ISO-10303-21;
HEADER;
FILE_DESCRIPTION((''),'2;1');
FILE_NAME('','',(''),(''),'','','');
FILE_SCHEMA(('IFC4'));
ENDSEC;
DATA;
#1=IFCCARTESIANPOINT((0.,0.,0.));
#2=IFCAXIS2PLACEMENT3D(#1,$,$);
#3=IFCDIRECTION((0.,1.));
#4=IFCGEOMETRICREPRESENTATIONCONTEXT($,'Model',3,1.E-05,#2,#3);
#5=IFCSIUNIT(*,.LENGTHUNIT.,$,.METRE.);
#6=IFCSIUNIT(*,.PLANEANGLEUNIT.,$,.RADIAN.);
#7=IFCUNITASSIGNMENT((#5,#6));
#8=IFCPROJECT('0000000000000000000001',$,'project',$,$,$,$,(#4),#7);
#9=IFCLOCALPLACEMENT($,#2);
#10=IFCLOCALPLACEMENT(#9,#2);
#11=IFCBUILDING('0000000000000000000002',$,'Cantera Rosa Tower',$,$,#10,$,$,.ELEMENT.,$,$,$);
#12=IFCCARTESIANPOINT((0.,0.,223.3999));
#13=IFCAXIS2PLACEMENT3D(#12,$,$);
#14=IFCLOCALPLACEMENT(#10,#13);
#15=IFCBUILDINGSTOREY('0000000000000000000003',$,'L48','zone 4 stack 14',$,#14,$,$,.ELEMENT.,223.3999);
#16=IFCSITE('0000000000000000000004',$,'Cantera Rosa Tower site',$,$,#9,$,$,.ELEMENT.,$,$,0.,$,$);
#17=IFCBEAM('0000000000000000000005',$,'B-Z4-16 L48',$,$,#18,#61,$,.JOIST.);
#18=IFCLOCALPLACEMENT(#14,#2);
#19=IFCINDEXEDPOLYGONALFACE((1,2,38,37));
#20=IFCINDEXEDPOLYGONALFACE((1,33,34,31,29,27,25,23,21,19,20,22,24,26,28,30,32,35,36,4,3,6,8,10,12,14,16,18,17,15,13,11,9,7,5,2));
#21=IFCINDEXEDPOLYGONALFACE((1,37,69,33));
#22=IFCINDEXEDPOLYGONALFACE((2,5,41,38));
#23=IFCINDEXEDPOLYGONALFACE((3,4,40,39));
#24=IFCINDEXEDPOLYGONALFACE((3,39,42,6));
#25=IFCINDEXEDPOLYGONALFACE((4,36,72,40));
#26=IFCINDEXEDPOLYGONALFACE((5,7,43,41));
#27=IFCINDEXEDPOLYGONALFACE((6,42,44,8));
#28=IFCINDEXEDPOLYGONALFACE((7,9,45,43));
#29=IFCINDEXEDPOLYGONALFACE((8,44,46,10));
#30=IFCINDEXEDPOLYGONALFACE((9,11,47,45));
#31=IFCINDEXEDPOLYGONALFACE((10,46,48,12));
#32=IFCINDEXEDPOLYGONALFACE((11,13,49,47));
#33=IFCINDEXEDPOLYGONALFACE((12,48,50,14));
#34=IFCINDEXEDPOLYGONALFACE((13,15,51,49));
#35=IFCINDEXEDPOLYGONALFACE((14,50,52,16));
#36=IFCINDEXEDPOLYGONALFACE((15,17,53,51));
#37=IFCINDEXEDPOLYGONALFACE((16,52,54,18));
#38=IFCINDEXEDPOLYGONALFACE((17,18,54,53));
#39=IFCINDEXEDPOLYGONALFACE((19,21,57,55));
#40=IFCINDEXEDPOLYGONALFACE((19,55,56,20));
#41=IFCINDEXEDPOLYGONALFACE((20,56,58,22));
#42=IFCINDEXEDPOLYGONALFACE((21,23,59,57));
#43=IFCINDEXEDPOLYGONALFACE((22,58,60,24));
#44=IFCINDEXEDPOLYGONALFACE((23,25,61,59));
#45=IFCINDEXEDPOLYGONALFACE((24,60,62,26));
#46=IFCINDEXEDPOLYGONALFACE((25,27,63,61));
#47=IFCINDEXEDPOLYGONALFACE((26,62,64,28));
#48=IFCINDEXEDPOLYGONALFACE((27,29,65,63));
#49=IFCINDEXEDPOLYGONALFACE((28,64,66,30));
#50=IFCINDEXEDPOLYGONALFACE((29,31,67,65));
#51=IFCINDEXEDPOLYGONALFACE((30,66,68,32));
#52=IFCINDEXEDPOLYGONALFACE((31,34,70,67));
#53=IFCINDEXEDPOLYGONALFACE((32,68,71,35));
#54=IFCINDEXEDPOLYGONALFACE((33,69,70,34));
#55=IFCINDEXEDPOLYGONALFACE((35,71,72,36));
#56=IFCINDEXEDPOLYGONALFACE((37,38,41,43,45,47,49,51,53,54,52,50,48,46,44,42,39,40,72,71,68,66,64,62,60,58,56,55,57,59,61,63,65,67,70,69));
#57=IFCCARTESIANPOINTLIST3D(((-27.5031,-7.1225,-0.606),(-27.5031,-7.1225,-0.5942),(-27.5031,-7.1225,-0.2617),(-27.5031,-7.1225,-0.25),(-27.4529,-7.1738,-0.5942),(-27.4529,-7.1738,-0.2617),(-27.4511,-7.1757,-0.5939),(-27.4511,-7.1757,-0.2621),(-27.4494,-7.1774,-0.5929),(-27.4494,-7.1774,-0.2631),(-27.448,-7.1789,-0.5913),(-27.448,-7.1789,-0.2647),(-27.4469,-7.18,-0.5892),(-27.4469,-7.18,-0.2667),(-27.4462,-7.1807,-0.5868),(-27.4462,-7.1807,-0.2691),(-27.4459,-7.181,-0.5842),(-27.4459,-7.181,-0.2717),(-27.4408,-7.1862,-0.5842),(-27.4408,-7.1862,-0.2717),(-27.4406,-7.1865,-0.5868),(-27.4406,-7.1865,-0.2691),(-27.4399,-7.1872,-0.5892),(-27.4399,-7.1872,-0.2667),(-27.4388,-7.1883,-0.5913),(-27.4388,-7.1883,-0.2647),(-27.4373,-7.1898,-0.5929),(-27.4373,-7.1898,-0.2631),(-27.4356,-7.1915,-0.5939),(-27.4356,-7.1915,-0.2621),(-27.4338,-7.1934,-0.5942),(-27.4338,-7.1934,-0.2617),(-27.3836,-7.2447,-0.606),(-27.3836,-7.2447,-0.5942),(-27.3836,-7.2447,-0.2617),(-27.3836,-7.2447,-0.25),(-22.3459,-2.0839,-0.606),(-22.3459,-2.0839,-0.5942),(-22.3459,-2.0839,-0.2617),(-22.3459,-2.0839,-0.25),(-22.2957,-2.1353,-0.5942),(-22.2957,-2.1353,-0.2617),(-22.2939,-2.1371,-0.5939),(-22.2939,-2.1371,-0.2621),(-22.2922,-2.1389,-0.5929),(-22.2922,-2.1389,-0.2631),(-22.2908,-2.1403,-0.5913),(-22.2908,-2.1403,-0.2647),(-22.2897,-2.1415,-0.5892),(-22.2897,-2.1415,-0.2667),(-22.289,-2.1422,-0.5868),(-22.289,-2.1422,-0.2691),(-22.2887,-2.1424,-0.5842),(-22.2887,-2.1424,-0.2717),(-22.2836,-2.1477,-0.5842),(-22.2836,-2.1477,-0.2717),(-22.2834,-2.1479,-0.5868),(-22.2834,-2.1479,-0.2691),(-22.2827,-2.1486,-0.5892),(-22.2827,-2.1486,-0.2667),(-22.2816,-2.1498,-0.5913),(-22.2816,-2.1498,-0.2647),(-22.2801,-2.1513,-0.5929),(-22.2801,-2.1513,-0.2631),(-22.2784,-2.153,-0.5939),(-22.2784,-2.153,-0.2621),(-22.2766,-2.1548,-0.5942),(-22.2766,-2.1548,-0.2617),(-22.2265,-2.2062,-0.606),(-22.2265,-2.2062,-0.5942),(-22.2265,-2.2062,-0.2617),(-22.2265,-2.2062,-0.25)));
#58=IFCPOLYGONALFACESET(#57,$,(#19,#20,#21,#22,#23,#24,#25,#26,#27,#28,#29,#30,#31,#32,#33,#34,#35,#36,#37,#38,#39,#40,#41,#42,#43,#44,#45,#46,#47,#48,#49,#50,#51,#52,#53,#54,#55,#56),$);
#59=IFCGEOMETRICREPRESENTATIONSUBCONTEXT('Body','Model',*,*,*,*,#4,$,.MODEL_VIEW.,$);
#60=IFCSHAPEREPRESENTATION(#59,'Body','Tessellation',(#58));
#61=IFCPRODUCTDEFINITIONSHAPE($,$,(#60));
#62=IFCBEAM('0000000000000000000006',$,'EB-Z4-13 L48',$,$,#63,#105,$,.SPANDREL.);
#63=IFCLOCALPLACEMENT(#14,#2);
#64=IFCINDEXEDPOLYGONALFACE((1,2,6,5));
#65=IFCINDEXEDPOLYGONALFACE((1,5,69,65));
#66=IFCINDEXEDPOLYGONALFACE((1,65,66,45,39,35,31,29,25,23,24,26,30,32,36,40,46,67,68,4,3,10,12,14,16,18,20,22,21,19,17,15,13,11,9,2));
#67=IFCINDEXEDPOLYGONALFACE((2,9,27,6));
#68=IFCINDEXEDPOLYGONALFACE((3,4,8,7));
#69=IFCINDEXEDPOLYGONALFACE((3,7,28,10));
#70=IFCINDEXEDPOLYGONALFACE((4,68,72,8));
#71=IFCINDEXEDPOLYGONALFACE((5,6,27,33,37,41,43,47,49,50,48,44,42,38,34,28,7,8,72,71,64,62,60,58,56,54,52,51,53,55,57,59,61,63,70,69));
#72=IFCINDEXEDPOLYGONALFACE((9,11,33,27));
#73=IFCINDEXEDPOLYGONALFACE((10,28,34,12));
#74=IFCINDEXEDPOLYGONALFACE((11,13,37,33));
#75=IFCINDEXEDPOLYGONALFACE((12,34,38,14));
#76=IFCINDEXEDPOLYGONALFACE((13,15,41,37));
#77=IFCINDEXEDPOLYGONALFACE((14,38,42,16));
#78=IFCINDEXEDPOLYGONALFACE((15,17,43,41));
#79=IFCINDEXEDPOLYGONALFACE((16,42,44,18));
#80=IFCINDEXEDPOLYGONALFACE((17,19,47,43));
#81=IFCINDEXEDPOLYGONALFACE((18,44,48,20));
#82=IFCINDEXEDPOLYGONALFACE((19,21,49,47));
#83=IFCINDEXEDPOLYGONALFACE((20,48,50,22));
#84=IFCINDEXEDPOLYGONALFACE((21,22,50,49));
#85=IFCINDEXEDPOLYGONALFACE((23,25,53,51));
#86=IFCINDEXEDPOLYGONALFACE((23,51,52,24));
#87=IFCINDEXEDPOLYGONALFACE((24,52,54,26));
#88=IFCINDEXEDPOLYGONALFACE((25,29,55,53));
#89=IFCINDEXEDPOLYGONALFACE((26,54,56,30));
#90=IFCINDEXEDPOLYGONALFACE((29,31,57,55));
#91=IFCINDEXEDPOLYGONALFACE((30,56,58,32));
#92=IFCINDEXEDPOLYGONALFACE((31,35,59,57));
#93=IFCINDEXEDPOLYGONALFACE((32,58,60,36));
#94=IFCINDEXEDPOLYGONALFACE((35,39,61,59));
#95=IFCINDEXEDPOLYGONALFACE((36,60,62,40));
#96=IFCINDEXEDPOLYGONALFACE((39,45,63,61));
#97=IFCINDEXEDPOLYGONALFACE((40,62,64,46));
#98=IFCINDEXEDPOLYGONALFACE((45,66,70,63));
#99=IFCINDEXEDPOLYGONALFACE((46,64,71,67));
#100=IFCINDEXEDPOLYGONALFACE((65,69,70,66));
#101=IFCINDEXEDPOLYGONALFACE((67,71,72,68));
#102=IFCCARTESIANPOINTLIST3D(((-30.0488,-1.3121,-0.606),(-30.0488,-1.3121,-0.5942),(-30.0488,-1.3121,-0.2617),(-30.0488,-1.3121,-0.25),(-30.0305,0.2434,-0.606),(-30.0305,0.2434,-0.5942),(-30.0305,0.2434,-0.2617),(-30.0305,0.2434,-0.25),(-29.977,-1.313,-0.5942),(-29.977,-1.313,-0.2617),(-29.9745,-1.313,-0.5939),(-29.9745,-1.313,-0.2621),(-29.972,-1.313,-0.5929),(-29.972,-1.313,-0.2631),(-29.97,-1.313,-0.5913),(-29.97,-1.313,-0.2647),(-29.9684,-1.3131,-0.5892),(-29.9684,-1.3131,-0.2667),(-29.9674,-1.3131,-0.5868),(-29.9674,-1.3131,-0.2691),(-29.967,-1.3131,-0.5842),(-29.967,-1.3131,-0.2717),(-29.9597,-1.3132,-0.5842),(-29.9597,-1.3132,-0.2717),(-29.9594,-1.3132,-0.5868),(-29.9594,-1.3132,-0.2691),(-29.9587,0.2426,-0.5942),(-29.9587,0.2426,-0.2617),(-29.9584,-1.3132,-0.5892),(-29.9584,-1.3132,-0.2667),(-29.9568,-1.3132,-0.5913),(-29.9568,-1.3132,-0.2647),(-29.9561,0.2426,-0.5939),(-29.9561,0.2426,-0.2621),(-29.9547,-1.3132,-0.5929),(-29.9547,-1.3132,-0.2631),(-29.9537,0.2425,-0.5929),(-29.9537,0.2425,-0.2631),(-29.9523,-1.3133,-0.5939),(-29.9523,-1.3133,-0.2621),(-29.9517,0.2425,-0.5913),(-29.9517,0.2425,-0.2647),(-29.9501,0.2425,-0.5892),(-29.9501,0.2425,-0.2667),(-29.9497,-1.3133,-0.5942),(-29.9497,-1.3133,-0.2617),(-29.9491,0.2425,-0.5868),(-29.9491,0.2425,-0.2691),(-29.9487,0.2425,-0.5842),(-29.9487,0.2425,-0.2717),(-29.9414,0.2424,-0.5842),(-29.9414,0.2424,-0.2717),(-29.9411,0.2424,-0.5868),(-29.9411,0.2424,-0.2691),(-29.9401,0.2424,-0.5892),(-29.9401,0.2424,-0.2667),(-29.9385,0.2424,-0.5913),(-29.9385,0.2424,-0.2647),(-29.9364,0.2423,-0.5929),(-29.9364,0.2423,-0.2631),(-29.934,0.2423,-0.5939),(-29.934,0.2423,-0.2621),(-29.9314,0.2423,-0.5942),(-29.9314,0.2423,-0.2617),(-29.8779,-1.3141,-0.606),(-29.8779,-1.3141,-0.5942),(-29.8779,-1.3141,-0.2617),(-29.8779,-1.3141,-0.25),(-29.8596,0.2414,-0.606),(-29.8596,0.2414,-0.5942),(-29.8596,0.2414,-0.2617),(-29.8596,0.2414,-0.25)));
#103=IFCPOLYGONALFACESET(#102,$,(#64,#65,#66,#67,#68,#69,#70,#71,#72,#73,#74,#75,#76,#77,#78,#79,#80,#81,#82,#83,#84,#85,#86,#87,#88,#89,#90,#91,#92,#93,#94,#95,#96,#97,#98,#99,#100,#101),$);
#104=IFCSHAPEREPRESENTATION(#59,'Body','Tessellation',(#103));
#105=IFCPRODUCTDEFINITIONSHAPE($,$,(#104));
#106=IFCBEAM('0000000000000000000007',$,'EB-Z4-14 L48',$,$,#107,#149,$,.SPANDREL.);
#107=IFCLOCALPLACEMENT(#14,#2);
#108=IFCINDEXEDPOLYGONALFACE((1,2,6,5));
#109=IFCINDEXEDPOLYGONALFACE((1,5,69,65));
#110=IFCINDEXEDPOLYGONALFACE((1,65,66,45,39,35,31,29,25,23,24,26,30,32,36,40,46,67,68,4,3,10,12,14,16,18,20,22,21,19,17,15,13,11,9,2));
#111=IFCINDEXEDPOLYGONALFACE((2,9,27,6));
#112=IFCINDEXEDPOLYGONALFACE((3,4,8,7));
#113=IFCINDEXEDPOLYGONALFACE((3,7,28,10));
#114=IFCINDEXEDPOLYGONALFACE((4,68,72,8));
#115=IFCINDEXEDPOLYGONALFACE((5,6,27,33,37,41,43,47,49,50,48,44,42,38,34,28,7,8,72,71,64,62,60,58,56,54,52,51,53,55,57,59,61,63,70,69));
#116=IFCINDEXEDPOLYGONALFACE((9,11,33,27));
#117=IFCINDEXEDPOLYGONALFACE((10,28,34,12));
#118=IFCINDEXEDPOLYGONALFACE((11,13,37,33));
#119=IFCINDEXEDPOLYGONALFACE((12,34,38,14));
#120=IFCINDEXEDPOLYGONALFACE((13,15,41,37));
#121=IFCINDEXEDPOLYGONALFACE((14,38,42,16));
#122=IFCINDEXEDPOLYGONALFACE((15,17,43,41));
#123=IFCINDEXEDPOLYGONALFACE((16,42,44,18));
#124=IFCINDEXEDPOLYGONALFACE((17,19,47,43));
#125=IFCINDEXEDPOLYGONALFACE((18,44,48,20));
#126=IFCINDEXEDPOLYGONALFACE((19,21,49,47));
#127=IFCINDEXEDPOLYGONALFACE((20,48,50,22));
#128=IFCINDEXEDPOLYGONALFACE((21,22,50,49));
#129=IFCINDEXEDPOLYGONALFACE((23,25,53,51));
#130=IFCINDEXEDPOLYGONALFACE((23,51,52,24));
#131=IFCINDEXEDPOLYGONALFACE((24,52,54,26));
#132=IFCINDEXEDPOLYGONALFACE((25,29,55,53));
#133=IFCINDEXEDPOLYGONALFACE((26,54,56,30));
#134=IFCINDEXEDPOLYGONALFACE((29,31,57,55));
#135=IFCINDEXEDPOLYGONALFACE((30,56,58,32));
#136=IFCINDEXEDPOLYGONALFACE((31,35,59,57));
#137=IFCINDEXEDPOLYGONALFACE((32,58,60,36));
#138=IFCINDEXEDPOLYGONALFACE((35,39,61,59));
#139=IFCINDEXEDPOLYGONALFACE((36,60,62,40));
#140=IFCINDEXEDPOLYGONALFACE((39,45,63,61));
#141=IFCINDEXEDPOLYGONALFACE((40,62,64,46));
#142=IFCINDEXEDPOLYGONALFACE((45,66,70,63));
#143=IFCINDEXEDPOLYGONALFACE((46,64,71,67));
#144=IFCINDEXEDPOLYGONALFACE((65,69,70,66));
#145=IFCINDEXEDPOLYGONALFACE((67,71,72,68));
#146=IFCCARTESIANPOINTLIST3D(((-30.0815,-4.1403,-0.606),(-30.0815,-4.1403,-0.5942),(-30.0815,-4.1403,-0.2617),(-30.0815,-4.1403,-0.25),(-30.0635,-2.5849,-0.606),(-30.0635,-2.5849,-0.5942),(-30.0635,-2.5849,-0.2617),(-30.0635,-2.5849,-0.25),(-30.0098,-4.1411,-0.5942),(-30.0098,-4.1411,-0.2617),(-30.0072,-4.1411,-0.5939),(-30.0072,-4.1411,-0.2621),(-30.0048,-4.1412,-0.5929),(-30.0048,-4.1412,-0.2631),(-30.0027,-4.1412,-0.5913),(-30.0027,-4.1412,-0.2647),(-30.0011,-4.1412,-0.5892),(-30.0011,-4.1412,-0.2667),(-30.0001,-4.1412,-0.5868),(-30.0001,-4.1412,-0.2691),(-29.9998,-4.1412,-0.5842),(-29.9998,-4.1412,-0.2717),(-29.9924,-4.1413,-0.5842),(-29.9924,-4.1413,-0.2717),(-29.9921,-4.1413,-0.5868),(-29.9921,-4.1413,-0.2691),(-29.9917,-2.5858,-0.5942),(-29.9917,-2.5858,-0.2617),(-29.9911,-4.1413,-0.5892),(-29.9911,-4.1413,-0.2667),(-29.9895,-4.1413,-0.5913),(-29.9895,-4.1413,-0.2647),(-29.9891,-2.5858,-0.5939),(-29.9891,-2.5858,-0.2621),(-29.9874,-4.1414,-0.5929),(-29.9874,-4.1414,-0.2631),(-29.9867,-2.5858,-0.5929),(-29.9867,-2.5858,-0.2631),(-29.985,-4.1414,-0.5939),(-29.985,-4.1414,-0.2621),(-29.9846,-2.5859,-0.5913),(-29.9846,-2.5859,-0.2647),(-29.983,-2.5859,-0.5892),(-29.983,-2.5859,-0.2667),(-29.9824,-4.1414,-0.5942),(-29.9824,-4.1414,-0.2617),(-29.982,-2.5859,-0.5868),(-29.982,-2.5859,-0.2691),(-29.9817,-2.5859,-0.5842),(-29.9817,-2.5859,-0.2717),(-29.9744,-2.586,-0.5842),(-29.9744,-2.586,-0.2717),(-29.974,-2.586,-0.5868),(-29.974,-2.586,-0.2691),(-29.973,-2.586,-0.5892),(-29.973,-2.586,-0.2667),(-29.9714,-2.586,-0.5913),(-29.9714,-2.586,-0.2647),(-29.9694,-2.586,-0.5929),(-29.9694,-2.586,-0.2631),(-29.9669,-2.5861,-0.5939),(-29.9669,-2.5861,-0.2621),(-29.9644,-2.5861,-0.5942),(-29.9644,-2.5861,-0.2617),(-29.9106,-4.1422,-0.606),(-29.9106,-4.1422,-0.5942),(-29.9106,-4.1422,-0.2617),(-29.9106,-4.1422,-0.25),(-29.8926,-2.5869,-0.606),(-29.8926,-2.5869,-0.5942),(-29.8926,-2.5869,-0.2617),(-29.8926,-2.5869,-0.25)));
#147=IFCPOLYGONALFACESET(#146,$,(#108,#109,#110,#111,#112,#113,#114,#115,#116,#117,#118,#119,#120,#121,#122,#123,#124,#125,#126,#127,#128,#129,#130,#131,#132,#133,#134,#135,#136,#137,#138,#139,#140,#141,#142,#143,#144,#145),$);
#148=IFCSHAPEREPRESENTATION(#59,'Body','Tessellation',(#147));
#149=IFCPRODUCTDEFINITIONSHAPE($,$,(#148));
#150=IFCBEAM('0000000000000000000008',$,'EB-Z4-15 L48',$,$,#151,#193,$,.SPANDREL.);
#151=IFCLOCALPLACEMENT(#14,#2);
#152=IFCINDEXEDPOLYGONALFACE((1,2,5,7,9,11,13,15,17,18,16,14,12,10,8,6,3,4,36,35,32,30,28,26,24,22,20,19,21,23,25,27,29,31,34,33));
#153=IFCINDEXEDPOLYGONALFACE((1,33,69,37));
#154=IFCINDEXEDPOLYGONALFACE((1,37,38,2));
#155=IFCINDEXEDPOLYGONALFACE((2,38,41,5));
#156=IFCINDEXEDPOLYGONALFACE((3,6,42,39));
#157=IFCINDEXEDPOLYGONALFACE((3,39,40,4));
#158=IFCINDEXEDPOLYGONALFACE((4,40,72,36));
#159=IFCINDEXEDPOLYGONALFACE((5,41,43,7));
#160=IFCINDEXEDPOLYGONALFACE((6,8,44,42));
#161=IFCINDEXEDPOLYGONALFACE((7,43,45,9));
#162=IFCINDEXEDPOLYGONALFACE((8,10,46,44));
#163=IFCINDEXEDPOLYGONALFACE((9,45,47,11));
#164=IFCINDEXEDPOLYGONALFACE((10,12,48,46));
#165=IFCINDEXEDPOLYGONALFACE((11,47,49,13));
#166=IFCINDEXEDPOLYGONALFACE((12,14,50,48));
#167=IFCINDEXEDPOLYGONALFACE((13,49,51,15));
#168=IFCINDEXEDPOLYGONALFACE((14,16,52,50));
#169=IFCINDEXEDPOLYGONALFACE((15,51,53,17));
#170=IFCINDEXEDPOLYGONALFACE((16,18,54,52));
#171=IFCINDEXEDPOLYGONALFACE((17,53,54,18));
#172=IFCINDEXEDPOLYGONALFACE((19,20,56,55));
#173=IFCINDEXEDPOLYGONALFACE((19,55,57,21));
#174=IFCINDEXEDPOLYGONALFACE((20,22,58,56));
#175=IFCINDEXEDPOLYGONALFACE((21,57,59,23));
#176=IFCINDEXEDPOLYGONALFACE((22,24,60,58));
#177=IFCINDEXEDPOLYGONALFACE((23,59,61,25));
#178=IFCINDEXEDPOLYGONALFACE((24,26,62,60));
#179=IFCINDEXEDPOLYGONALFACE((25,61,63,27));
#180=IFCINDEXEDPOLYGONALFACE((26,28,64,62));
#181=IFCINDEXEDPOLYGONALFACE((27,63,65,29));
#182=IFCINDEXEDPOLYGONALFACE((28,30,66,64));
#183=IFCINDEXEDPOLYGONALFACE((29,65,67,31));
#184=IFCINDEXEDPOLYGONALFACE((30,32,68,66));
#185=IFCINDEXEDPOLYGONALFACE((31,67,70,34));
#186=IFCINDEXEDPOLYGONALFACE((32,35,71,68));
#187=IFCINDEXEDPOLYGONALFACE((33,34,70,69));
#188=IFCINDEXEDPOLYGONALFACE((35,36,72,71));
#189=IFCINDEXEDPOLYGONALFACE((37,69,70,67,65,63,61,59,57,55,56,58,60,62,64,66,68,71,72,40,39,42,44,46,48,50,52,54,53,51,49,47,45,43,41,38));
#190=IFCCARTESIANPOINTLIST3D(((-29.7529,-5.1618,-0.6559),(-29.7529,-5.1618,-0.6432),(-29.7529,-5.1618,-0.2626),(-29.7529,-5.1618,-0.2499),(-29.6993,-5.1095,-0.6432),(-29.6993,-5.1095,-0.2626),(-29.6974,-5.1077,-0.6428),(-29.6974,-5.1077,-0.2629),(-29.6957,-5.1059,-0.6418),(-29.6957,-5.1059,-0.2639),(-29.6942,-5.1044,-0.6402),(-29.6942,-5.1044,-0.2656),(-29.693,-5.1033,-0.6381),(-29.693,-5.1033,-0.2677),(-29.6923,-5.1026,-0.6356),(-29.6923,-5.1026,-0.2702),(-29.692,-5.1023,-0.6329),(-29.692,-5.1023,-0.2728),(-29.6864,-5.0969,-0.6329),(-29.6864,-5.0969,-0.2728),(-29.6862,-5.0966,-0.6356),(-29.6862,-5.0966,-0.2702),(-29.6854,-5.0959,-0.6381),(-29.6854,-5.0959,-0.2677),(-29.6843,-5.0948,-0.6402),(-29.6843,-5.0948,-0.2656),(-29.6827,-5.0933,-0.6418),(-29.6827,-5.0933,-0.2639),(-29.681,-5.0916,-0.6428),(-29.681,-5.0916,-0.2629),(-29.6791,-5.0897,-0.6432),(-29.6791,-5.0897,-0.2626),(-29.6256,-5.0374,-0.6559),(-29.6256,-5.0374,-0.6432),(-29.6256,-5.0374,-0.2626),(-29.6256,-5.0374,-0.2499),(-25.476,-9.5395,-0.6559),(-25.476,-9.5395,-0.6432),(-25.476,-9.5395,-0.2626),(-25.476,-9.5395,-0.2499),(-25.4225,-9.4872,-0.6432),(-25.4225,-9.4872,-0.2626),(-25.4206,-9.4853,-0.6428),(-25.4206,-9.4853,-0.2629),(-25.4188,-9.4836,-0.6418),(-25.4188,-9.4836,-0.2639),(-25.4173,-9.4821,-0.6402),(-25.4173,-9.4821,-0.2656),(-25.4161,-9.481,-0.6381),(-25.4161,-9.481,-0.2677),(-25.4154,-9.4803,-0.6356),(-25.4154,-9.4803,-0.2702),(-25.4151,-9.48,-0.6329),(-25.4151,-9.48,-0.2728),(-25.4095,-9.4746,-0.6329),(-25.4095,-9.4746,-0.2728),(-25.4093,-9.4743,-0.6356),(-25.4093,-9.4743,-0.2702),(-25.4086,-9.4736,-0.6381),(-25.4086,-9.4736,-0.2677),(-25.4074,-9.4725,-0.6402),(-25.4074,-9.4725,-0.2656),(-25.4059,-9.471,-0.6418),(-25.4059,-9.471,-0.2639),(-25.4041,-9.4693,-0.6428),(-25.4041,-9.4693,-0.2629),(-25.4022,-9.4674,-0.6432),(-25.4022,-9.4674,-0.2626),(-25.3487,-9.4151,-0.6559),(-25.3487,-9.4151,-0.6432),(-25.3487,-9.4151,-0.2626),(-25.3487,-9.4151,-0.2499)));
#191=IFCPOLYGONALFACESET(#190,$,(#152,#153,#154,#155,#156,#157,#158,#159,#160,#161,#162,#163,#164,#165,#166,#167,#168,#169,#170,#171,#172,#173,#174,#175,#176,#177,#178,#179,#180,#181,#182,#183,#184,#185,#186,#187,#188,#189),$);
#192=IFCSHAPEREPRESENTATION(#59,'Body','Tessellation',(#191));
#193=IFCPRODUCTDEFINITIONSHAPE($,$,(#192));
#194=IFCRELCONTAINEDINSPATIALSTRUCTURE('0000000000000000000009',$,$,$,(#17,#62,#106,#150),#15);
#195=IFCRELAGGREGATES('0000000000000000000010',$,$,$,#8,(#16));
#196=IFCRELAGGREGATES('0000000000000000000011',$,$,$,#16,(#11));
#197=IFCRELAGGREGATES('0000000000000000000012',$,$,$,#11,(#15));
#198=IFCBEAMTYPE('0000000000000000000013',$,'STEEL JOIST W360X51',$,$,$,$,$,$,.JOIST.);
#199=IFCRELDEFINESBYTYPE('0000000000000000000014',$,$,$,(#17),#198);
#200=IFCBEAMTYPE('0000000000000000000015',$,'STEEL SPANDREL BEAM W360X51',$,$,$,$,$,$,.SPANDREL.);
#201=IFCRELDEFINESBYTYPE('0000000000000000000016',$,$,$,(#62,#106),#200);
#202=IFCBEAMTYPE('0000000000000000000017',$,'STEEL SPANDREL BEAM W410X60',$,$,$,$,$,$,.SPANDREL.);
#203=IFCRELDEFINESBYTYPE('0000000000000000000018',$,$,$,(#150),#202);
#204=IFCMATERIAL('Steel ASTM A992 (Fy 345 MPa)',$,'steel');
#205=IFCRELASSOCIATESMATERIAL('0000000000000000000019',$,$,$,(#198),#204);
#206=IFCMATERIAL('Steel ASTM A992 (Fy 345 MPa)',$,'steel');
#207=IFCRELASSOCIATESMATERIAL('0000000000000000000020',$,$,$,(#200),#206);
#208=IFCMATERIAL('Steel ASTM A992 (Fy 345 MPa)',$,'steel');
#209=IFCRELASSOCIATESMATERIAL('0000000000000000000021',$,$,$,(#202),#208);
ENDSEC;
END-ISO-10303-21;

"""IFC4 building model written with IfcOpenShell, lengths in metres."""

from ifc_helpers import new_model, si_unit, direction, frame, origin, origin_2d, place, context, subcontext, project, spatial, i_section, extrude, material, material_profile, profile_set, type_object, element, save


model = new_model("IFC4")

# Units and contexts
model_context = context("Model", 3, precision=1e-05, world=origin(), true_north=direction((0.0, 1.0)))
body_context = subcontext(model_context, "Body", "Model", "MODEL_VIEW")
ifc_project = project(units=[si_unit("LENGTHUNIT", "METRE"), si_unit("PLANEANGLEUNIT", "RADIAN")], contexts=[model_context])

# Site, building, storey
site_placement = place(None, origin())
site = spatial("IfcSite", under=ifc_project, at=site_placement, Name="Cantera Rosa Tower site", CompositionType="ELEMENT", RefElevation=0.0)
building_placement = place(site_placement, origin())
building = spatial("IfcBuilding", under=site, at=building_placement, Name="Cantera Rosa Tower", CompositionType="ELEMENT")
storey_placement = place(building_placement, frame((0.0, 0.0, 223.3999)))
storey = spatial("IfcBuildingStorey", under=building, at=storey_placement, Name="L48", Description="zone 4 stack 14", CompositionType="ELEMENT", Elevation=223.3999)

# Beams
ifc_material_1 = material(Name="Steel ASTM A992 (Fy 345 MPa)", Category="steel")
ifc_material_profile_1 = material_profile(ifc_material_1, i_section(OverallWidth=0.1709, OverallDepth=0.356, WebThickness=0.0073, FlangeThickness=0.0117, FilletRadius=0.01, at=origin_2d()), Name="W360X51")
ifc_profile_set_1 = profile_set([ifc_material_profile_1], Name="Steel ASTM A992 (Fy 345 MPa)")
beam_type_1 = type_object("IfcBeamType", Name="STEEL JOIST W360X51", PredefinedType="JOIST", material=ifc_profile_set_1)
beam_1_placement = place(storey_placement, frame((-27.4434, -7.1836, -0.428), z_axis=(0.715287, 0.698831, 0.0), x_axis=(-0.698831, 0.715287, 0.0)))
element("IfcBeam", 1, at=beam_1_placement, inside=storey, type_object=beam_type_1, Name="B-Z4-16 L48", PredefinedType="JOIST", context=body_context, shape_type="SweptSolid", body=[
    extrude(i_section(OverallWidth=0.1709, OverallDepth=0.356, WebThickness=0.0073, FlangeThickness=0.0117, FilletRadius=0.01, at=origin_2d()), origin(), (0.0, 0.0, 1.0), 7.21),
])
ifc_material_2 = material(Name="Steel ASTM A992 (Fy 345 MPa)", Category="steel")
ifc_material_profile_2 = material_profile(ifc_material_2, i_section(OverallWidth=0.1709, OverallDepth=0.356, WebThickness=0.0073, FlangeThickness=0.0117, FilletRadius=0.01, at=origin_2d()), Name="W360X51")
ifc_profile_set_2 = profile_set([ifc_material_profile_2], Name="Steel ASTM A992 (Fy 345 MPa)")
beam_type_2 = type_object("IfcBeamType", Name="STEEL SPANDREL BEAM W360X51", PredefinedType="SPANDREL", material=ifc_profile_set_2)
beam_2_placement = place(storey_placement, frame((-29.9451, 0.2424, -0.428), z_axis=(-0.011769, -0.999931, 0.0), x_axis=(0.999931, -0.011769, 0.0)))
element("IfcBeam", 2, at=beam_2_placement, inside=storey, type_object=beam_type_2, Name="EB-Z4-13 L48", PredefinedType="SPANDREL", context=body_context, shape_type="SweptSolid", body=[
    extrude(i_section(OverallWidth=0.1709, OverallDepth=0.356, WebThickness=0.0073, FlangeThickness=0.0117, FilletRadius=0.01, at=origin_2d()), origin(), (0.0, 0.0, 1.0), 1.5557),
])
beam_3_placement = place(storey_placement, frame((-29.978, -2.5859, -0.428), z_axis=(-0.011614, -0.999933, 0.0), x_axis=(0.999933, -0.011614, 0.0)))
element("IfcBeam", 3, at=beam_3_placement, inside=storey, type_object=beam_type_2, Name="EB-Z4-14 L48", PredefinedType="SPANDREL", context=body_context, shape_type="SweptSolid", body=[
    extrude(i_section(OverallWidth=0.1709, OverallDepth=0.356, WebThickness=0.0073, FlangeThickness=0.0117, FilletRadius=0.01, at=origin_2d()), origin(), (0.0, 0.0, 1.0), 1.5554),
])
ifc_material_3 = material(Name="Steel ASTM A992 (Fy 345 MPa)", Category="steel")
ifc_material_profile_3 = material_profile(ifc_material_3, i_section(OverallWidth=0.178, OverallDepth=0.406, WebThickness=0.0078, FlangeThickness=0.0127, FilletRadius=0.0103, at=origin_2d()), Name="W410X60")
ifc_profile_set_3 = profile_set([ifc_material_profile_3], Name="Steel ASTM A992 (Fy 345 MPa)")
beam_type_3 = type_object("IfcBeamType", Name="STEEL SPANDREL BEAM W410X60", PredefinedType="SPANDREL", material=ifc_profile_set_3)
beam_4_placement = place(storey_placement, frame((-29.6892, -5.0996, -0.4529), z_axis=(0.698821, -0.715296, 0.0), x_axis=(0.715296, 0.698821, 0.0)))
element("IfcBeam", 4, at=beam_4_placement, inside=storey, type_object=beam_type_3, Name="EB-Z4-15 L48", PredefinedType="SPANDREL", context=body_context, shape_type="SweptSolid", body=[
    extrude(i_section(OverallWidth=0.178, OverallDepth=0.406, WebThickness=0.0078, FlangeThickness=0.0127, FilletRadius=0.0103, at=origin_2d()), origin(), (0.0, 0.0, 1.0), 6.1201),
])

save(model, "model.ifc")
